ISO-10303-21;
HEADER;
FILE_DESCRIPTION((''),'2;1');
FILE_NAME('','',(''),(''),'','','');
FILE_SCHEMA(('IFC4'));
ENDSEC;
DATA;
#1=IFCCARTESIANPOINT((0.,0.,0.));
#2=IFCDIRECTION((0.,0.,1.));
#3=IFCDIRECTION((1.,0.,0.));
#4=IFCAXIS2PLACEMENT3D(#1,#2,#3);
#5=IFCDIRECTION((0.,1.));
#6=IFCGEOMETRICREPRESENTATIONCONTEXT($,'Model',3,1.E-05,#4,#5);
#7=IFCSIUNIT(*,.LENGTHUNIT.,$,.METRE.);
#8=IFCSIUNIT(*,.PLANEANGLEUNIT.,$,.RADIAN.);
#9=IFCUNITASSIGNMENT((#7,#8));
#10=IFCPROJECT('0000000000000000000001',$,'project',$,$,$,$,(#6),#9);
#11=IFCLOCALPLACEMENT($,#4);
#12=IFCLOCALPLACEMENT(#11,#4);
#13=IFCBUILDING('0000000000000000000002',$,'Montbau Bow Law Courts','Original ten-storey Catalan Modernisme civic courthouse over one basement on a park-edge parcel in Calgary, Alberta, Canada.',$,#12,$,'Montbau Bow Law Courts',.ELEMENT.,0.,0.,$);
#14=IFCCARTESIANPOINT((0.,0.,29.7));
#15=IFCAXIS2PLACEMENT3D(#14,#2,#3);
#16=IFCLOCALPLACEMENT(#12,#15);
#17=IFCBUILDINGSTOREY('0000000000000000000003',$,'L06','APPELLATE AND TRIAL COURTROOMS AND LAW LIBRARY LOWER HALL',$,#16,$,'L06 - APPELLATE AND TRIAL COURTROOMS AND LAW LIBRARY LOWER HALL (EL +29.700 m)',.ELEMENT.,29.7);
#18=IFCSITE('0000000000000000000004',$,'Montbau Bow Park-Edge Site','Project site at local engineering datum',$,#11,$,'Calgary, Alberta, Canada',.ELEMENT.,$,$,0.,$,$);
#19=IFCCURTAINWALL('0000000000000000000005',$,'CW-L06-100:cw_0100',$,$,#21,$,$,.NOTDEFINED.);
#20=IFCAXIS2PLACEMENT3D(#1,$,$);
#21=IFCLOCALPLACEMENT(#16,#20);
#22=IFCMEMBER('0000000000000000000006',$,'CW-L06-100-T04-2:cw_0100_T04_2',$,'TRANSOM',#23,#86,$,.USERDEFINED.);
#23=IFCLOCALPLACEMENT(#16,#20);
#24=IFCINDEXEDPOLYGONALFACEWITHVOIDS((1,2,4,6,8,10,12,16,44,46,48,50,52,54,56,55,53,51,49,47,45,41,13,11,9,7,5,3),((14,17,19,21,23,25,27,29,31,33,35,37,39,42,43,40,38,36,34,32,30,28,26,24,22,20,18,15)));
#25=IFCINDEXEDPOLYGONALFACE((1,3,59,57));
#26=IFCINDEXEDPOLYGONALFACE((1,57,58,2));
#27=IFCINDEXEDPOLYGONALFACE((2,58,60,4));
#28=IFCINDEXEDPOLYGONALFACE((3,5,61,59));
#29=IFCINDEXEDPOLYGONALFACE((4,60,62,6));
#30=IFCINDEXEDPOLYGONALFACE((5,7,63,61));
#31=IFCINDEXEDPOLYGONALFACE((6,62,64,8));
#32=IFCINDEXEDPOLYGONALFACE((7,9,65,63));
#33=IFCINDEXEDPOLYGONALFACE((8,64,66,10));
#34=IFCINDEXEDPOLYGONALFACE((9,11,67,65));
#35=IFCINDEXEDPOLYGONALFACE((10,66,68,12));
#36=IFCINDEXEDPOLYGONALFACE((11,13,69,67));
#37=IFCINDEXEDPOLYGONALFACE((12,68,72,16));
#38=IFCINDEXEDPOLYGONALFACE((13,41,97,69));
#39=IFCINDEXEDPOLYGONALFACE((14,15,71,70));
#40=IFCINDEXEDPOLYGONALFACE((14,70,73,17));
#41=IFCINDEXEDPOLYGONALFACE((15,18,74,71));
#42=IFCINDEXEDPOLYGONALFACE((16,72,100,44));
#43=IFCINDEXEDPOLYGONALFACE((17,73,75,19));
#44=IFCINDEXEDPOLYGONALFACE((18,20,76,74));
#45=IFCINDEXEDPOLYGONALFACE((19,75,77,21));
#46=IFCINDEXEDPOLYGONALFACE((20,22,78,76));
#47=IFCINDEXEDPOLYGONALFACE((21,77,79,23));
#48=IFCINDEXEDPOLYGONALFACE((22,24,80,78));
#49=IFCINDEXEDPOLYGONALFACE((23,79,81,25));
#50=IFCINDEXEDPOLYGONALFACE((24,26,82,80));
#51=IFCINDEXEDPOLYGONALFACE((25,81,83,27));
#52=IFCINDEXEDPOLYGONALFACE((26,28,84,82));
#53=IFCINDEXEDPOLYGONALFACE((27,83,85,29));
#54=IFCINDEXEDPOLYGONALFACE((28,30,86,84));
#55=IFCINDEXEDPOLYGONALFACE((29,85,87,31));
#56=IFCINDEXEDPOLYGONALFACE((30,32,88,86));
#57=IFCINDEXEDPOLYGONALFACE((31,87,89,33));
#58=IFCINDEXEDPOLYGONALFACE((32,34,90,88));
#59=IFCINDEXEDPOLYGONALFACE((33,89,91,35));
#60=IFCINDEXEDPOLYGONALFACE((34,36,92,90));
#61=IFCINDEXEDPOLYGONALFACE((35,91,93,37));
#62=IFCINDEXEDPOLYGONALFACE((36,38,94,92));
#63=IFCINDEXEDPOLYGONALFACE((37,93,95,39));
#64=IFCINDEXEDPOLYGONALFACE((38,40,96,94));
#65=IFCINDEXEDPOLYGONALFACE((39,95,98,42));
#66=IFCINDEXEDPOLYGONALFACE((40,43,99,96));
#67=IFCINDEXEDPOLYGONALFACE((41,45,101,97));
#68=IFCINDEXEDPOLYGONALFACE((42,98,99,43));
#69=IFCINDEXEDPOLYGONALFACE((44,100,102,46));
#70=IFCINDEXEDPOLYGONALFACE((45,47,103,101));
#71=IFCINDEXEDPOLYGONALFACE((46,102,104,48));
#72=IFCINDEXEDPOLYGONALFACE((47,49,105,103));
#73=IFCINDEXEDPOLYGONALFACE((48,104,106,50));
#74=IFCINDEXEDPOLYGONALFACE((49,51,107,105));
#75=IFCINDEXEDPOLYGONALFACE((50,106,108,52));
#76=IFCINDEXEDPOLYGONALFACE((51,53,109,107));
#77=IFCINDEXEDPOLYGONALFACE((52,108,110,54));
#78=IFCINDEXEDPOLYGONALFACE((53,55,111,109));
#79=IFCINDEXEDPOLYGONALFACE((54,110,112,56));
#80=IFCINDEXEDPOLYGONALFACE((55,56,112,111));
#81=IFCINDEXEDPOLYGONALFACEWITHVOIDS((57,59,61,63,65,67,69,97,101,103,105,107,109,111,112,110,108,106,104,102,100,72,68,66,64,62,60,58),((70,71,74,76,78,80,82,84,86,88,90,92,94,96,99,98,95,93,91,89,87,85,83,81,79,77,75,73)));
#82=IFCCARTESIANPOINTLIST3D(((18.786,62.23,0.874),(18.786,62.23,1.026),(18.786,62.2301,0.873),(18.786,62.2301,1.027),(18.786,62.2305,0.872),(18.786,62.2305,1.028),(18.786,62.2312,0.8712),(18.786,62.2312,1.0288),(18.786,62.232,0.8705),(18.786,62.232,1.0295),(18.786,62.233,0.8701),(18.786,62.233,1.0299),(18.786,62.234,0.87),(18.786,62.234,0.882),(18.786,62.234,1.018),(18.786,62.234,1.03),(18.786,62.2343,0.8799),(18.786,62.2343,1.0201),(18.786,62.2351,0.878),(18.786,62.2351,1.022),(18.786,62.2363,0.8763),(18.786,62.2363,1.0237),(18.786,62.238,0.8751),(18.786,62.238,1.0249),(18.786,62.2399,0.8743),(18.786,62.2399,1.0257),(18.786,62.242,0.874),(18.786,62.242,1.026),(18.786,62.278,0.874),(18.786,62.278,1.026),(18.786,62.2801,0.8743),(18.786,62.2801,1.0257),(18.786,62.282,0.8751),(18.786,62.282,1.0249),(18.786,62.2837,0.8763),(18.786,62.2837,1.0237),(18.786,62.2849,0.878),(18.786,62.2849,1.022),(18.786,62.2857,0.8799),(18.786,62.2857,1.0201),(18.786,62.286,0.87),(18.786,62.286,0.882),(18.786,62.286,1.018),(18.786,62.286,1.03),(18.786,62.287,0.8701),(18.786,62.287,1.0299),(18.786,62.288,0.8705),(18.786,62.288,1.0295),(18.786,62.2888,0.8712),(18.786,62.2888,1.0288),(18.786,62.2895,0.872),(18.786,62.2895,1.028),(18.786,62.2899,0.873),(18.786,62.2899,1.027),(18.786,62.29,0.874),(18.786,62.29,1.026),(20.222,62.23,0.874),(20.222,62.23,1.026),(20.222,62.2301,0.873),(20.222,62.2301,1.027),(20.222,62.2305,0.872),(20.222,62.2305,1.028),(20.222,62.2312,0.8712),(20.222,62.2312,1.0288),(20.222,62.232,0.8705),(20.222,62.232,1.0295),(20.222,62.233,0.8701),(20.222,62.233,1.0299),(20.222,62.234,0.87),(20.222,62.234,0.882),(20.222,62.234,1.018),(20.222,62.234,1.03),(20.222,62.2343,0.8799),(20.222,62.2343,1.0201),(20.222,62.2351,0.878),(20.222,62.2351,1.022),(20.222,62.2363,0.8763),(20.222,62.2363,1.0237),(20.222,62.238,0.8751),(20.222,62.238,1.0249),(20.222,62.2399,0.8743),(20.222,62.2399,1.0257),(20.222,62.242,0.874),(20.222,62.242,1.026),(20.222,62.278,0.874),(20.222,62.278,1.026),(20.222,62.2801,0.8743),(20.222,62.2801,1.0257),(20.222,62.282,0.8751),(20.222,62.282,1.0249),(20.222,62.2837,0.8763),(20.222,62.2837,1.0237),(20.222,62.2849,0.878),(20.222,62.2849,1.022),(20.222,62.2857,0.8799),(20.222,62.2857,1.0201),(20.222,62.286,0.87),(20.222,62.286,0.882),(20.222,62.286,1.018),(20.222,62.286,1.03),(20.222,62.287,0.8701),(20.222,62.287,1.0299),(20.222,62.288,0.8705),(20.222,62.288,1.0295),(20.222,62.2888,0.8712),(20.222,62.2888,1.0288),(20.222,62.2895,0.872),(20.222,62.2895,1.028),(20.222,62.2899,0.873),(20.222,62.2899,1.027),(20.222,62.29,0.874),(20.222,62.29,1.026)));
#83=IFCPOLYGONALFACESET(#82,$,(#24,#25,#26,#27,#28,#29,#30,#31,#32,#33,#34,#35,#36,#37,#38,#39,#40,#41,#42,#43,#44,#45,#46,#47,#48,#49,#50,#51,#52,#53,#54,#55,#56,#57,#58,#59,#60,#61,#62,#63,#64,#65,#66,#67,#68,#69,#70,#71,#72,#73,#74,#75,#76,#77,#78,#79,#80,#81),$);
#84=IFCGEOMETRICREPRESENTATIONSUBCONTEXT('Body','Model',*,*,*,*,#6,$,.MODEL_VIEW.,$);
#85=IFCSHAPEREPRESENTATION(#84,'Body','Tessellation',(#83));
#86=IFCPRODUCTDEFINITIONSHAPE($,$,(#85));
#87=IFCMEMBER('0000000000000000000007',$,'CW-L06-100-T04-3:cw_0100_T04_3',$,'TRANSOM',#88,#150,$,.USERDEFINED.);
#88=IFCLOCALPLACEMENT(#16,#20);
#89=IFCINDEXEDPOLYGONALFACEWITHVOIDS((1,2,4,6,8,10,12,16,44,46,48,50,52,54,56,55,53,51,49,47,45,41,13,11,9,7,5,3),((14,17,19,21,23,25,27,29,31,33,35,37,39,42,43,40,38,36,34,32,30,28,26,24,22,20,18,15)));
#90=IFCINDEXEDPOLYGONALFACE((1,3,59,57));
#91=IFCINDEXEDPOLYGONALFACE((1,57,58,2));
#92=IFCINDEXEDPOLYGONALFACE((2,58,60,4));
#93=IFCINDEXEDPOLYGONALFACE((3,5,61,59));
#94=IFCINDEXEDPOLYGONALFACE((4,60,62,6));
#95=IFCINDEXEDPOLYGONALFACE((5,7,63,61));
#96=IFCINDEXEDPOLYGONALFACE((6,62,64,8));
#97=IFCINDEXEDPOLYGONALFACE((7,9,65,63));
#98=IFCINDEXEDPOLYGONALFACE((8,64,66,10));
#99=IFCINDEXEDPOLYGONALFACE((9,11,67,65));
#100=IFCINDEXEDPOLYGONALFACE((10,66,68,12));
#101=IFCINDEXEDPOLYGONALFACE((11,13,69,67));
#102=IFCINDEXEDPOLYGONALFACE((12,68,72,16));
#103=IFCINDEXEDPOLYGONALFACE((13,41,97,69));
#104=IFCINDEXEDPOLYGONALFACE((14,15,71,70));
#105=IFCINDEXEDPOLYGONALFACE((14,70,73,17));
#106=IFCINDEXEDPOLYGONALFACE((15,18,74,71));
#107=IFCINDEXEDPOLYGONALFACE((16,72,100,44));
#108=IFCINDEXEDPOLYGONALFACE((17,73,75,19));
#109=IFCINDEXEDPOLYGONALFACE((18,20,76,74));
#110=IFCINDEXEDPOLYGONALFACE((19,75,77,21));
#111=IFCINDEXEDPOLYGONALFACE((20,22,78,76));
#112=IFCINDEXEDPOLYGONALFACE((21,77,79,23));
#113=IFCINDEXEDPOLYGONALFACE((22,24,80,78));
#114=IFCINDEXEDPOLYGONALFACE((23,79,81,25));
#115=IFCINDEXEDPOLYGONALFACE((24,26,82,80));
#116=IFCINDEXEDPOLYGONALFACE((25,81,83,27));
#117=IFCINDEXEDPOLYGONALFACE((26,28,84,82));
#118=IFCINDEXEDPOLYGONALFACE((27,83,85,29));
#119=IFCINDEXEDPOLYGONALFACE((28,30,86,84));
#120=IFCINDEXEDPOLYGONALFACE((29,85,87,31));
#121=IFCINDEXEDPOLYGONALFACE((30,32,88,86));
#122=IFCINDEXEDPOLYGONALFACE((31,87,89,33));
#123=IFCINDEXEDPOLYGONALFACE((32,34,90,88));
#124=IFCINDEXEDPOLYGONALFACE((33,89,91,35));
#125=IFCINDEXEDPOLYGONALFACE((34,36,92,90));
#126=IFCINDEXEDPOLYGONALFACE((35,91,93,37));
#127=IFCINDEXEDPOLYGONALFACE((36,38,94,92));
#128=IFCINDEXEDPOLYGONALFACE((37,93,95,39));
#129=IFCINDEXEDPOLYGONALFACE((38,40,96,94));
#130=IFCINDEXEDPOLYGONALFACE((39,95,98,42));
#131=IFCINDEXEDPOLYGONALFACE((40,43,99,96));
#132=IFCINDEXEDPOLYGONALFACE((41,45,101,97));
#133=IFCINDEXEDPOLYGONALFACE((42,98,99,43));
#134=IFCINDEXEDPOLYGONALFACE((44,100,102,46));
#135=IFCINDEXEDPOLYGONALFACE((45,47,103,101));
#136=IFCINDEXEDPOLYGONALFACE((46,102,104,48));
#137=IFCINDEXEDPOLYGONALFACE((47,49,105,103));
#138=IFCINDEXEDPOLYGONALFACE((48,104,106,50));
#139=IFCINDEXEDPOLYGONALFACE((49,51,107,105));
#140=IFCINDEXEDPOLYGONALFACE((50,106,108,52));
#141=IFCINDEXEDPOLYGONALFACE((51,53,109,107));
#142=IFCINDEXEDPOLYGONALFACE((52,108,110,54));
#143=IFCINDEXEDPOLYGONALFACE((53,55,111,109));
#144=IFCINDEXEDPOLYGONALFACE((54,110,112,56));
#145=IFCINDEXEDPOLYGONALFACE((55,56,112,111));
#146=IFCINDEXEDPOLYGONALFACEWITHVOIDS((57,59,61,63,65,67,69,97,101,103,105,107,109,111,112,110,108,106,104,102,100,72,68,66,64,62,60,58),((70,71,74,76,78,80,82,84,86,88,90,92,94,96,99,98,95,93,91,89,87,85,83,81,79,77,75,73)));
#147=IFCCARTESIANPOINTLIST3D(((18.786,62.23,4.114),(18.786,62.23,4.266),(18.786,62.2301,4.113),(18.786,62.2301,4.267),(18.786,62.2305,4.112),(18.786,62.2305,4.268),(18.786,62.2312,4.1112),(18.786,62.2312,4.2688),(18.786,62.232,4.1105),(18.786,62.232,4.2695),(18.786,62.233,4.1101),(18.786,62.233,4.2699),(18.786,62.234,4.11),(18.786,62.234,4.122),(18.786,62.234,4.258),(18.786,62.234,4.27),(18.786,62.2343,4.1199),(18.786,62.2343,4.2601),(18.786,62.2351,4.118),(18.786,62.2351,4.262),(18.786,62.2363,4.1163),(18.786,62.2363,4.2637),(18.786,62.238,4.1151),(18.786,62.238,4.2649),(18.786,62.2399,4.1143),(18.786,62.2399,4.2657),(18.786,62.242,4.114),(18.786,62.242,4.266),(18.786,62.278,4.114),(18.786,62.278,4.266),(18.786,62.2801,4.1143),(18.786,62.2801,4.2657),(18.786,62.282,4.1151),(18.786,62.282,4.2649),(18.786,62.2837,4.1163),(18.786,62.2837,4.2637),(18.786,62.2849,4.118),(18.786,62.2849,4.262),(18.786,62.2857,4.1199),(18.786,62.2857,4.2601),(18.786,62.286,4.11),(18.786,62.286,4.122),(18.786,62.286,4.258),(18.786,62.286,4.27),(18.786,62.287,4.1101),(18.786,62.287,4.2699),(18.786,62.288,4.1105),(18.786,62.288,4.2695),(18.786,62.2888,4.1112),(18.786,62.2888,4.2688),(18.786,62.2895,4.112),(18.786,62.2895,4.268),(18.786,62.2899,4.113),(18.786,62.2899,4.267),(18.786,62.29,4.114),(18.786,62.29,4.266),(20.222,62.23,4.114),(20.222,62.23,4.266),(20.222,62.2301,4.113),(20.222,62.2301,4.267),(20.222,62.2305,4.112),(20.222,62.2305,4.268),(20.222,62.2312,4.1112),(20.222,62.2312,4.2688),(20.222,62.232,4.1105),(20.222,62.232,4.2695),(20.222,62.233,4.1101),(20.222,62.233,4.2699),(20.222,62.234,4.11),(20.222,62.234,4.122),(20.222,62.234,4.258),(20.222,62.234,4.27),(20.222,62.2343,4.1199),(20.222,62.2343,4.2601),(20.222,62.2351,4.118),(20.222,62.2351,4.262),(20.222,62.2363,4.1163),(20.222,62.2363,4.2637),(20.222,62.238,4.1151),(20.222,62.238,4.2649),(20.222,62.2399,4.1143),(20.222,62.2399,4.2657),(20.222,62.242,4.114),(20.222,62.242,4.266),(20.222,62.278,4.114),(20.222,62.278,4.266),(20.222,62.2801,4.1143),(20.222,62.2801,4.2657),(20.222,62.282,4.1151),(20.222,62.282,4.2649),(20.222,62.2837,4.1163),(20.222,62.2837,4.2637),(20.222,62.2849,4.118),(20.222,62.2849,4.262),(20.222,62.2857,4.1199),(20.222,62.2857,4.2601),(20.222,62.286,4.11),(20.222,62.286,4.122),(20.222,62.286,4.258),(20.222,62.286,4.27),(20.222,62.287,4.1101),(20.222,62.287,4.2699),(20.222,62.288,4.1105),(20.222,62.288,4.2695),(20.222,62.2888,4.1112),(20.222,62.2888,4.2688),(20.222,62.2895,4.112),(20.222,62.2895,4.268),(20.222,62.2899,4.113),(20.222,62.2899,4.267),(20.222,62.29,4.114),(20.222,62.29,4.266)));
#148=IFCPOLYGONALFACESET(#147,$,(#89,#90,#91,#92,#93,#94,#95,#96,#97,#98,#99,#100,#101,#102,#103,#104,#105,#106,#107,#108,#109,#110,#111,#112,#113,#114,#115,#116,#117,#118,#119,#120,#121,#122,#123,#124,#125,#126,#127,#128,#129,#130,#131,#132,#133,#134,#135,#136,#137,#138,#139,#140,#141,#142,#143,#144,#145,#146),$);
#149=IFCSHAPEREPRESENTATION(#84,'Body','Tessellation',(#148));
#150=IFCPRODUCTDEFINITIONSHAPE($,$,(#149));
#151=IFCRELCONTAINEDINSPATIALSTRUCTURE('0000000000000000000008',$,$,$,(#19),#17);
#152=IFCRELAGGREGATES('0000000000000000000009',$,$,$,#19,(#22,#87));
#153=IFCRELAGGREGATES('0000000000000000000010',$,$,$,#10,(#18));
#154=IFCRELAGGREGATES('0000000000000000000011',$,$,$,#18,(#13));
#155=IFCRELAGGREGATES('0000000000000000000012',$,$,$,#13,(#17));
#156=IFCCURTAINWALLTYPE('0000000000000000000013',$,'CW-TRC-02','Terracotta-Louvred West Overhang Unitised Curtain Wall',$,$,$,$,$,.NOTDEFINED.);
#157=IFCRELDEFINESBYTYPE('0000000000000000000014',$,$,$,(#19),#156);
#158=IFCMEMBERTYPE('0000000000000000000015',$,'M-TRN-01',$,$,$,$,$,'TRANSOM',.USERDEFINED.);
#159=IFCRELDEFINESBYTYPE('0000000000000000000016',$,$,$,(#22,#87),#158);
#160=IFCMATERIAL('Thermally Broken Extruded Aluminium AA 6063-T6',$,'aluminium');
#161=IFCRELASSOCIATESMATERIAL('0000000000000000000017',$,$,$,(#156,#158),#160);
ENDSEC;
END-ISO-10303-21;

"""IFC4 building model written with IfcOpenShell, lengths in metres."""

from ifc_helpers import new_model, si_unit, direction, frame, origin_with_axes, origin_2d_with_axis, place, context, subcontext, project, spatial, hollow_rectangle, extrude, material, material_profile, profile_set, type_object, element, aggregate, save


model = new_model("IFC4")

# Units and contexts
model_context = context("Model", 3, precision=1e-05, world=origin_with_axes(), true_north=direction((0.0, 1.0)))
body_context = subcontext(model_context, "Body", "Model", "MODEL_VIEW")
ifc_project = project(units=[si_unit("LENGTHUNIT", "METRE"), si_unit("PLANEANGLEUNIT", "RADIAN")], contexts=[model_context])

# Site, building, storey
site_placement = place(None, origin_with_axes())
site = spatial("IfcSite", under=ifc_project, at=site_placement, Name="Montbau Bow Park-Edge Site", Description="Project site at local engineering datum", LongName="Calgary, Alberta, Canada", CompositionType="ELEMENT", RefElevation=0.0)
building_placement = place(site_placement, origin_with_axes())
building = spatial("IfcBuilding", under=site, at=building_placement, Name="Montbau Bow Law Courts", Description="Original ten-storey Catalan Modernisme civic courthouse over one basement on a park-edge parcel in Calgary, Alberta, Canada.", LongName="Montbau Bow Law Courts", CompositionType="ELEMENT", ElevationOfRefHeight=0.0, ElevationOfTerrain=0.0)
storey_placement = place(building_placement, frame((0.0, 0.0, 29.7), z_axis=(0.0, 0.0, 1.0), x_axis=(1.0, 0.0, 0.0)))
storey = spatial("IfcBuildingStorey", under=building, at=storey_placement, Name="L06", Description="APPELLATE AND TRIAL COURTROOMS AND LAW LIBRARY LOWER HALL", LongName="L06 - APPELLATE AND TRIAL COURTROOMS AND LAW LIBRARY LOWER HALL (EL +29.700 m)", CompositionType="ELEMENT", Elevation=29.7)

# Curtain wall
ifc_material_1 = material(Name="Thermally Broken Extruded Aluminium AA 6063-T6", Category="aluminium")
curtain_wall_type = type_object("IfcCurtainWallType", Name="CW-TRC-02", Description="Terracotta-Louvred West Overhang Unitised Curtain Wall", PredefinedType="NOTDEFINED", material=ifc_material_1)
curtain_wall_1_placement = place(None, frame((14.24, 62.26, 29.7), z_axis=(0.0, 0.0, 1.0), x_axis=(1.0, 0.0, 0.0)))
curtain_wall_1 = element("IfcCurtainWall", 1, at=curtain_wall_1_placement, inside=storey, type_object=curtain_wall_type, Name="CW-L06-100:cw_0100", PredefinedType="NOTDEFINED")

# Members
ifc_material_profile_1 = material_profile(ifc_material_1, hollow_rectangle(XDim=0.06, YDim=0.16, WallThickness=0.004, InnerFilletRadius=0.008, OuterFilletRadius=0.004, at=origin_2d_with_axis()), Name="CWT-160X60", Category="Main", Priority=0)
ifc_profile_set_1 = profile_set([ifc_material_profile_1], Name="Thermally Broken Extruded Aluminium AA 6063-T6")
member_type_1 = type_object("IfcMemberType", Name="M-TRN-01", ElementType="TRANSOM", PredefinedType="USERDEFINED", material=ifc_profile_set_1)
member_1_placement = place(None, frame((18.786, 62.26, 30.65), z_axis=(1.0, 0.0, 0.0), x_axis=(0.0, 1.0, 0.0)))
member_1 = element("IfcMember", 2, at=member_1_placement, type_object=member_type_1, Name="CW-L06-100-T04-2:cw_0100_T04_2", ObjectType="TRANSOM", PredefinedType="USERDEFINED", context=body_context, shape_type="SweptSolid", body=[
    extrude(hollow_rectangle(XDim=0.06, YDim=0.16, WallThickness=0.004, InnerFilletRadius=0.008, OuterFilletRadius=0.004, at=origin_2d_with_axis()), origin_with_axes(), (0.0, 0.0, 1.0), 1.436),
])
member_2_placement = place(None, frame((18.786, 62.26, 33.89), z_axis=(1.0, 0.0, 0.0), x_axis=(0.0, 1.0, 0.0)))
member_2 = element("IfcMember", 3, at=member_2_placement, type_object=member_type_1, Name="CW-L06-100-T04-3:cw_0100_T04_3", ObjectType="TRANSOM", PredefinedType="USERDEFINED", context=body_context, shape_type="SweptSolid", body=[
    extrude(hollow_rectangle(XDim=0.06, YDim=0.16, WallThickness=0.004, InnerFilletRadius=0.008, OuterFilletRadius=0.004, at=origin_2d_with_axis()), origin_with_axes(), (0.0, 0.0, 1.0), 1.436),
])

aggregate(curtain_wall_1, [member_1, member_2])

save(model, "model.ifc")
